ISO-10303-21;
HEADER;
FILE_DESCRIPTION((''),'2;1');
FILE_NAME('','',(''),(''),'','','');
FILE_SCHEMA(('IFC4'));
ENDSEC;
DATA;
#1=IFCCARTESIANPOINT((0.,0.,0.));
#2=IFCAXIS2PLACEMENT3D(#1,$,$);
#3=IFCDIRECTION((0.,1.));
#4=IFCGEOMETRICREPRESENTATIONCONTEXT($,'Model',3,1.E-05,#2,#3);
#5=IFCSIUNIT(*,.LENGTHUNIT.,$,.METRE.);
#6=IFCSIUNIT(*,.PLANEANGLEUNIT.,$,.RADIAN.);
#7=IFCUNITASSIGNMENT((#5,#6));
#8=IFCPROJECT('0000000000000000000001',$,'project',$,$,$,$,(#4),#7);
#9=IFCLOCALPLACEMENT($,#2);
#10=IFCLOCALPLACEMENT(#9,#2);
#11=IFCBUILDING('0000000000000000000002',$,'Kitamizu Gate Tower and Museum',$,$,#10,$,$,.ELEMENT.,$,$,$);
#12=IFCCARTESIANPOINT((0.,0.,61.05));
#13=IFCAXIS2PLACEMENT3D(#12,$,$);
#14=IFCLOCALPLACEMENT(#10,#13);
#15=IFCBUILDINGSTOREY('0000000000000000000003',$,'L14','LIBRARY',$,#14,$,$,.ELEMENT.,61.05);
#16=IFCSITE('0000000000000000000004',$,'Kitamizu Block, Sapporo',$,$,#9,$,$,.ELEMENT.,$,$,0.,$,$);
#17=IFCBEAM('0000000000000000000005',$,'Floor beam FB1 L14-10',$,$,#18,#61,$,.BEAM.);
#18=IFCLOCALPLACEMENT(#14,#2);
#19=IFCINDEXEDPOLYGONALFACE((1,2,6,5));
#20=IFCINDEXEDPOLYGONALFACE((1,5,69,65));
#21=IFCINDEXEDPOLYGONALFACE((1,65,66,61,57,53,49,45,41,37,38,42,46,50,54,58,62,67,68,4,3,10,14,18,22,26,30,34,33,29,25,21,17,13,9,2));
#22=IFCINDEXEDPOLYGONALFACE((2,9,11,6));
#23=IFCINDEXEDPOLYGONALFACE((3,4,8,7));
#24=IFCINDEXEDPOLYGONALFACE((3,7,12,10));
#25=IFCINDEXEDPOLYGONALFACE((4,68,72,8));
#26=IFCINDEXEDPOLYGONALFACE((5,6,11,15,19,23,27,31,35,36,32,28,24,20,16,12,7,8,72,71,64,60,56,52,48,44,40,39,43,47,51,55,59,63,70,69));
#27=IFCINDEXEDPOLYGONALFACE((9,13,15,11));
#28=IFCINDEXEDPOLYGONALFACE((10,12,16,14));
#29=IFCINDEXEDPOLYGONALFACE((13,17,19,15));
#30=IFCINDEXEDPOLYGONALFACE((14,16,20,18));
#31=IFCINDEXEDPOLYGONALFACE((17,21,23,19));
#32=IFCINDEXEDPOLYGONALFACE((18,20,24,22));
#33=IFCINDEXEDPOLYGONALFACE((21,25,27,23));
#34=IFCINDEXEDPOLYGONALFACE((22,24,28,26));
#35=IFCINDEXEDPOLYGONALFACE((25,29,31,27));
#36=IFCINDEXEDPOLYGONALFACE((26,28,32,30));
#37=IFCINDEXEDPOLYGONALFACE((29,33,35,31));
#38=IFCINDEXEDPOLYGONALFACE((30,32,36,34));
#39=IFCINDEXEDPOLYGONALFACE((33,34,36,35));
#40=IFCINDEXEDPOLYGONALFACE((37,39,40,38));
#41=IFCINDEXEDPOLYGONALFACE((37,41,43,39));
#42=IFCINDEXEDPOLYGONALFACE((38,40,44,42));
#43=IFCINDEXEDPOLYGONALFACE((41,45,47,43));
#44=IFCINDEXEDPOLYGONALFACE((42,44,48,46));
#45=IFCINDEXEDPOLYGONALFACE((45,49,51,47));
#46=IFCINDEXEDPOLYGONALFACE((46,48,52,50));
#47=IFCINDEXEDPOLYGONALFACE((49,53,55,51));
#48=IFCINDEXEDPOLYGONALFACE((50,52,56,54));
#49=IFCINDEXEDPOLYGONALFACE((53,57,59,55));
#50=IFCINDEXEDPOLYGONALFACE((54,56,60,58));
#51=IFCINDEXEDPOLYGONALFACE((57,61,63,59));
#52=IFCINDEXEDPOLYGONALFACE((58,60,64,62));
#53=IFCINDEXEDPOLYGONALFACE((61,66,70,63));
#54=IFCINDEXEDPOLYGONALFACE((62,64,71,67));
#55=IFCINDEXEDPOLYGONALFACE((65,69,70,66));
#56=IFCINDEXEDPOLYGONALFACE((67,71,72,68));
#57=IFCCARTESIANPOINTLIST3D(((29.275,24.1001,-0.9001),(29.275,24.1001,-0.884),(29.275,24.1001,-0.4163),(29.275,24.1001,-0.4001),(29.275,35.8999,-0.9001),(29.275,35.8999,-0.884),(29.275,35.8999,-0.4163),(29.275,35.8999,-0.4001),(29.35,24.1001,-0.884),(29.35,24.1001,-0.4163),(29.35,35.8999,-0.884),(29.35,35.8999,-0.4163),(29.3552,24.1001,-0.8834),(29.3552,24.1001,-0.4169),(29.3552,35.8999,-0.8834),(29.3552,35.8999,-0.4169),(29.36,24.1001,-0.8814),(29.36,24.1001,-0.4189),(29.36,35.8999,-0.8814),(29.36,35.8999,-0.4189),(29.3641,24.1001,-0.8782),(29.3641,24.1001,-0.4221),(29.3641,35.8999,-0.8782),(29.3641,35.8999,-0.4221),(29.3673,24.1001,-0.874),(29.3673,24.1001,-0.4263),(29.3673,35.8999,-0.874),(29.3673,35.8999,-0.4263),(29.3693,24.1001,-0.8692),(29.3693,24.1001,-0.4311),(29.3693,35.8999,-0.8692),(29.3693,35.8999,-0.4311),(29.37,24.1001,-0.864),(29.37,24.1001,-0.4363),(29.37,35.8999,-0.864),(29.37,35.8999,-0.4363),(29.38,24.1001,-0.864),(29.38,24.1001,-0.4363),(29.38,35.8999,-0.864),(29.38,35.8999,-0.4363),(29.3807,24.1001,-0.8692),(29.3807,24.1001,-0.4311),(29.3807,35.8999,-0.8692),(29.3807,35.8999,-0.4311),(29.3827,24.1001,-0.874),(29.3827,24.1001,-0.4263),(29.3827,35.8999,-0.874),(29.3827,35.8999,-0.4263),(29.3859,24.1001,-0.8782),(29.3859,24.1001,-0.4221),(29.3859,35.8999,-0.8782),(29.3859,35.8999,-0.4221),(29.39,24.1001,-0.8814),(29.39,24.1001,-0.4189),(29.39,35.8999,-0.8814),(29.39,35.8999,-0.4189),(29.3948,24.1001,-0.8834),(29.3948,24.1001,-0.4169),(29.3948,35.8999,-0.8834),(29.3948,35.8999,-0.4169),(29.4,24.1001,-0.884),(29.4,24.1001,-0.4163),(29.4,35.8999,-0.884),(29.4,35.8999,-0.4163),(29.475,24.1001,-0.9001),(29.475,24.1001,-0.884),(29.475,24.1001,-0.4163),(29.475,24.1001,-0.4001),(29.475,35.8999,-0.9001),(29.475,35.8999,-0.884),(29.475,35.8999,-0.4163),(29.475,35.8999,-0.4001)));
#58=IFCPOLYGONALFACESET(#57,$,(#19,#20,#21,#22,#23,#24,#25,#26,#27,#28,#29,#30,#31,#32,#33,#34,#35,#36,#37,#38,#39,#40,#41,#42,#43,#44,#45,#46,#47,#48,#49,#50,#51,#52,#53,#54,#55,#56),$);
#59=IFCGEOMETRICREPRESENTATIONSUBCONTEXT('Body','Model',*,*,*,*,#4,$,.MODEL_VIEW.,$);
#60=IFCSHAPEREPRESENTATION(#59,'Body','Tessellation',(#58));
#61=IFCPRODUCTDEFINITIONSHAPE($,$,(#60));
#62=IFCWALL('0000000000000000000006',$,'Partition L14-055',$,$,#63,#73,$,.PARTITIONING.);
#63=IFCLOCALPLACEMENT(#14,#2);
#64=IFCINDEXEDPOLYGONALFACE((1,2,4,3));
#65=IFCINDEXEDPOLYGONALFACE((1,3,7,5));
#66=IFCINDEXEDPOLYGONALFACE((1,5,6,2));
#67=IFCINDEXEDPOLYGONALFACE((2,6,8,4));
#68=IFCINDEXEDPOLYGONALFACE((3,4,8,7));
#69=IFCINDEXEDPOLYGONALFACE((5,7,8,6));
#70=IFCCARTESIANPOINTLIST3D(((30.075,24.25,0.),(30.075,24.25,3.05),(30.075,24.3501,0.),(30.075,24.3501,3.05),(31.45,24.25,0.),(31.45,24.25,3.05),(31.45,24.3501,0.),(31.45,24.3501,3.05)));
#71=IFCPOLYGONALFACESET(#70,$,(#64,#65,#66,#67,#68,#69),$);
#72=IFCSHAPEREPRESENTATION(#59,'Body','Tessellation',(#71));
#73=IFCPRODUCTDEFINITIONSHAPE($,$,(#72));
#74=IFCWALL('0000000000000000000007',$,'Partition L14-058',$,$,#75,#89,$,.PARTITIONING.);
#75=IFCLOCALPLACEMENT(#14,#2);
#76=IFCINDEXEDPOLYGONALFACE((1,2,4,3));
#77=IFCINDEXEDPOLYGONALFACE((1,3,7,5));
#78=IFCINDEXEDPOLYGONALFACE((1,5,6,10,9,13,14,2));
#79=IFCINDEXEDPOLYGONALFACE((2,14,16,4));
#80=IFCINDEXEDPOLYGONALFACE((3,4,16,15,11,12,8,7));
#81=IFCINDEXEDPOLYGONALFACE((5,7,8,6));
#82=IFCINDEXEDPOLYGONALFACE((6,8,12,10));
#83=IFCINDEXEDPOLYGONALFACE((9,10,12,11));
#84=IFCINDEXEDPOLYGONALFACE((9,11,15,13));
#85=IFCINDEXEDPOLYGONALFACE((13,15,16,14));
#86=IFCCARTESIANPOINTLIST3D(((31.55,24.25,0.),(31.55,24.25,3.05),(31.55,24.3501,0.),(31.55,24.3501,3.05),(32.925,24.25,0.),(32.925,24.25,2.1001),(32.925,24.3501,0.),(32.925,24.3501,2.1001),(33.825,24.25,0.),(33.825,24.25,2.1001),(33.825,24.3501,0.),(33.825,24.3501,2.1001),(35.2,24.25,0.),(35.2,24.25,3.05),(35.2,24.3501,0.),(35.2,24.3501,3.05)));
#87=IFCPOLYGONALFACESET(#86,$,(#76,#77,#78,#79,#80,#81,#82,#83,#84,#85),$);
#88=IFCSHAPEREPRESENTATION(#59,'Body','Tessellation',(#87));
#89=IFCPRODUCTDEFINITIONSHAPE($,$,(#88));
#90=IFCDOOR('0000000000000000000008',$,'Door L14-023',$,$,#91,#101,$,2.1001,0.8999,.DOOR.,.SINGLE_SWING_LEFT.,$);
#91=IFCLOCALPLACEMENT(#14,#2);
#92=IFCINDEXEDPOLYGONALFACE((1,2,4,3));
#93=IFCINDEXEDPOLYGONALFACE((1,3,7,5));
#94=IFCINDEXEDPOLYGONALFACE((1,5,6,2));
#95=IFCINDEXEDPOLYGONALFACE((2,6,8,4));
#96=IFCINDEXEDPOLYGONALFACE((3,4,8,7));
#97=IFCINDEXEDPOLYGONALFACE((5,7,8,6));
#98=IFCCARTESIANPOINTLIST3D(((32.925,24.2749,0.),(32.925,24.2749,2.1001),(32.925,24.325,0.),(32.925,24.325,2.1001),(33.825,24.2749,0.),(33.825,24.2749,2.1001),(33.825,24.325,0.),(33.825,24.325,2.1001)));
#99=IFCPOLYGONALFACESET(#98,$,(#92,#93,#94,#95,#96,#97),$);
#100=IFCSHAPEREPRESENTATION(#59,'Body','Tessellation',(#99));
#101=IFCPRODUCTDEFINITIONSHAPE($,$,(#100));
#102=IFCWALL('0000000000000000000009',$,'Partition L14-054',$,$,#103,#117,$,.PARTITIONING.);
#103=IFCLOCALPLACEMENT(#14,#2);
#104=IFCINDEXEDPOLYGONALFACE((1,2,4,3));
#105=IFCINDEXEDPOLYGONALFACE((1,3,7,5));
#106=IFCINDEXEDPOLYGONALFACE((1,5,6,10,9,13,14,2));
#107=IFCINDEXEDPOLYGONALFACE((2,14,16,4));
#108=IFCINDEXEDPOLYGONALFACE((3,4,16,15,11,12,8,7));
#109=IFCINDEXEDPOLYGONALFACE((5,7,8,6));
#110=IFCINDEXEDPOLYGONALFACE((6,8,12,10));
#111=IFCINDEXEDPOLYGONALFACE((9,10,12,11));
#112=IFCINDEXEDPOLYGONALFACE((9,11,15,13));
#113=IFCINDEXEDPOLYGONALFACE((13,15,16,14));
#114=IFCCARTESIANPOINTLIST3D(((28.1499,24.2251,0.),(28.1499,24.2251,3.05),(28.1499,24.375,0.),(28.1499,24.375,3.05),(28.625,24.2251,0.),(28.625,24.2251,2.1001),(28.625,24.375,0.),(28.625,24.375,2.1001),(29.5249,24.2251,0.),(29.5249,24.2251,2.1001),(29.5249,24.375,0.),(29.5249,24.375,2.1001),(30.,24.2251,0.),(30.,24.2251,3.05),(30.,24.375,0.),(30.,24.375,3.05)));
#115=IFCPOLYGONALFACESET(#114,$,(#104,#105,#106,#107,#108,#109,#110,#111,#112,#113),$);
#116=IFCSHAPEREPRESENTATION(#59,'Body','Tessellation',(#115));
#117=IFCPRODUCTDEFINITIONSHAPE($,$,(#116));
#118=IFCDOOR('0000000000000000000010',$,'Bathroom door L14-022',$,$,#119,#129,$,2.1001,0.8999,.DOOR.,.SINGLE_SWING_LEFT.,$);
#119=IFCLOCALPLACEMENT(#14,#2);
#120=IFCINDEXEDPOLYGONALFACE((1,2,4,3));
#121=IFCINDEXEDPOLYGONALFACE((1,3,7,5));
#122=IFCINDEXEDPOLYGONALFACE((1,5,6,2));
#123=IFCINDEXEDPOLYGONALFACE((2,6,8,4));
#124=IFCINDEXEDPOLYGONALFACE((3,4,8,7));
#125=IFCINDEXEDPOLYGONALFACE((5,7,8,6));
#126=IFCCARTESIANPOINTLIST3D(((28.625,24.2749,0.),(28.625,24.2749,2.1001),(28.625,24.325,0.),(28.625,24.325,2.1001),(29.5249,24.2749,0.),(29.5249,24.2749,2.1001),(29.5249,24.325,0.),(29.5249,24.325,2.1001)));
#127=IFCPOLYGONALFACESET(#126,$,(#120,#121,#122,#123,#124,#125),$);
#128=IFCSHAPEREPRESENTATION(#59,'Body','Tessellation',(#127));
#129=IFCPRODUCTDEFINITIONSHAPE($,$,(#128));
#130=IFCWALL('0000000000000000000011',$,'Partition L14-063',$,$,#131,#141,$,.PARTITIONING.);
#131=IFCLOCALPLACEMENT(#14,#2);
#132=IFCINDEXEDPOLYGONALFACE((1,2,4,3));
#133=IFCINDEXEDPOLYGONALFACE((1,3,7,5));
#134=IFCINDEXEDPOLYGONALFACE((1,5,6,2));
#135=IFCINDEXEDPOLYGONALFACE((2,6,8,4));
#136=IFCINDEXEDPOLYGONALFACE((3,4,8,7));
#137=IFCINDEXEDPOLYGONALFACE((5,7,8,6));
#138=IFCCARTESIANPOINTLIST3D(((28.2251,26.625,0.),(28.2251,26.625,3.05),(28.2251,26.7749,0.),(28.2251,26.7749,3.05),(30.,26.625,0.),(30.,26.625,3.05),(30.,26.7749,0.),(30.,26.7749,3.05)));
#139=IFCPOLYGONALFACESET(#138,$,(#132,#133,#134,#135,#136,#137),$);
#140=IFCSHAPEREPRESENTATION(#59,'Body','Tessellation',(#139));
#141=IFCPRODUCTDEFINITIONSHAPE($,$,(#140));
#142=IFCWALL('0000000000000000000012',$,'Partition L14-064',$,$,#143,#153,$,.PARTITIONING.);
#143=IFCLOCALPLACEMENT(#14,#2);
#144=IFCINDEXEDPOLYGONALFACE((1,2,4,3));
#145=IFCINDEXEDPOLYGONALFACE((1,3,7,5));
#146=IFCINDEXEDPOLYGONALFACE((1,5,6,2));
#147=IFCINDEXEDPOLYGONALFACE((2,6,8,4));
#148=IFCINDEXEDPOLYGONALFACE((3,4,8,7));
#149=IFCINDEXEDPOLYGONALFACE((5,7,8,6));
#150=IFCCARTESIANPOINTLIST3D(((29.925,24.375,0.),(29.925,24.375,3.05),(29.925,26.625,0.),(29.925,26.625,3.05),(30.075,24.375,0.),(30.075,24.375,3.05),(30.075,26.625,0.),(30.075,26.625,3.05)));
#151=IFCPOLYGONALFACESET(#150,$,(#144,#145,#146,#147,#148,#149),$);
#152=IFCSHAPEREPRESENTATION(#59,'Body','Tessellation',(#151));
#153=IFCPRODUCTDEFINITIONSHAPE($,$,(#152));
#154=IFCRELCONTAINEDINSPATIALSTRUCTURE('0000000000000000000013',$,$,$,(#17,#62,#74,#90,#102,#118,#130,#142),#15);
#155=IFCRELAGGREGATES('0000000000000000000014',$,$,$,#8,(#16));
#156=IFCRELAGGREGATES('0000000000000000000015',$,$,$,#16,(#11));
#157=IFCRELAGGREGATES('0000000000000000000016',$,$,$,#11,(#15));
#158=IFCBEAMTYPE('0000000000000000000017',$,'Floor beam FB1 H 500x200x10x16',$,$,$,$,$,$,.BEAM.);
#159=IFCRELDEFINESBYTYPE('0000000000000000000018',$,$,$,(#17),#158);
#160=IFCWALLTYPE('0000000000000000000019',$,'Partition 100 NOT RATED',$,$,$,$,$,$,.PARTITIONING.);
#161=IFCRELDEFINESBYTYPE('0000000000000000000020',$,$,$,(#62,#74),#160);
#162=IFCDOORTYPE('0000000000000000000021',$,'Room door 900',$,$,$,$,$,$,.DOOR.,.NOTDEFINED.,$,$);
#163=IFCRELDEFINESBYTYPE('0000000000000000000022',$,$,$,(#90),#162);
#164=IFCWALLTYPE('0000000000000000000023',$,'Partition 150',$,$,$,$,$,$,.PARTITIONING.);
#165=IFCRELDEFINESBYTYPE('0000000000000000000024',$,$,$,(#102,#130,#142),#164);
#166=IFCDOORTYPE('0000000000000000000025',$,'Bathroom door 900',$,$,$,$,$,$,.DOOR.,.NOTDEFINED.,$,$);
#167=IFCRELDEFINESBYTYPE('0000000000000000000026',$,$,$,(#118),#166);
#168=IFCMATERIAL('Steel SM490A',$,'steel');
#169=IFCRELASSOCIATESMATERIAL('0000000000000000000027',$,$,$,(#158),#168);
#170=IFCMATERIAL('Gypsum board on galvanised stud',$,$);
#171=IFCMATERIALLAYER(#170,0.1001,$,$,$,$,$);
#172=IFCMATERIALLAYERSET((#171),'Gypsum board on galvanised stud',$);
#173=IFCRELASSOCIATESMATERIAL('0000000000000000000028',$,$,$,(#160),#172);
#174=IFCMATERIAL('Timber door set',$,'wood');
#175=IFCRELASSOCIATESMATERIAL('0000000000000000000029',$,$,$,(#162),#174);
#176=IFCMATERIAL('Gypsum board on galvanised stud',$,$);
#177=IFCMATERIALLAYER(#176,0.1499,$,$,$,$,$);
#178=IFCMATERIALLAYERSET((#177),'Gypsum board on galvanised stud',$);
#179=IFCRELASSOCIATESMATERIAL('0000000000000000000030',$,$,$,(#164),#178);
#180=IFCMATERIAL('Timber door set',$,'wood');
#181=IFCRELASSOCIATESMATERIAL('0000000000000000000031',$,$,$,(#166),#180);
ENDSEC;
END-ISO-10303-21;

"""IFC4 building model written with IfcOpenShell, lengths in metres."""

from ifc_helpers import new_model, si_unit, direction, frame, frame_2d, origin, origin_2d, place, context, subcontext, project, spatial, rectangle, i_section, extrude, material, layer, layer_set, material_profile, profile_set, type_object, element, fill, save


model = new_model("IFC4")

# Units and contexts
model_context = context("Model", 3, precision=1e-05, world=origin(), true_north=direction((0.0, 1.0)))
body_context = subcontext(model_context, "Body", "Model", "MODEL_VIEW")
ifc_project = project(units=[si_unit("LENGTHUNIT", "METRE"), si_unit("PLANEANGLEUNIT", "RADIAN")], contexts=[model_context])

# Site, building, storey
site_placement = place(None, origin())
site = spatial("IfcSite", under=ifc_project, at=site_placement, Name="Kitamizu Block, Sapporo", CompositionType="ELEMENT", RefElevation=0.0)
building_placement = place(site_placement, origin())
building = spatial("IfcBuilding", under=site, at=building_placement, Name="Kitamizu Gate Tower and Museum", CompositionType="ELEMENT")
storey_placement = place(building_placement, frame((0.0, 0.0, 61.05)))
storey = spatial("IfcBuildingStorey", under=building, at=storey_placement, Name="L14", Description="LIBRARY", CompositionType="ELEMENT", Elevation=61.05)

# Beam
ifc_material_1 = material(Name="Steel SM490A", Category="steel")
ifc_material_profile = material_profile(ifc_material_1, i_section(OverallWidth=0.2, OverallDepth=0.5, WebThickness=0.01, FlangeThickness=0.0161, FilletRadius=0.02, at=origin_2d()), Name="H-500x200x10x16")
ifc_profile_set = profile_set([ifc_material_profile], Name="Steel SM490A")
beam_type = type_object("IfcBeamType", Name="Floor beam FB1 H 500x200x10x16", PredefinedType="BEAM", material=ifc_profile_set)
beam_placement = place(storey_placement, frame((29.375, 24.1001, -0.6501), z_axis=(0.0, 1.0, 0.0), x_axis=(-1.0, 0.0, 0.0)))
element("IfcBeam", 1, at=beam_placement, inside=storey, type_object=beam_type, Name="Floor beam FB1 L14-10", PredefinedType="BEAM", context=body_context, shape_type="SweptSolid", body=[
    extrude(i_section(OverallWidth=0.2, OverallDepth=0.5, WebThickness=0.01, FlangeThickness=0.0161, FilletRadius=0.02, at=origin_2d()), origin(), (0.0, 0.0, 1.0), 11.7998),
])

# Wall
ifc_material_2 = material(Name="Gypsum board on galvanised stud")
ifc_layer_1 = layer(ifc_material_2, 0.1001)
ifc_layer_set_1 = layer_set([ifc_layer_1], Name="Gypsum board on galvanised stud")
wall_type_1 = type_object("IfcWallType", Name="Partition 100 NOT RATED", PredefinedType="PARTITIONING", material=ifc_layer_set_1)
wall_1_placement = place(storey_placement, frame((31.45, 24.3, 0.0), z_axis=(0.0, 0.0, 1.0), x_axis=(-1.0, 0.0, 0.0)))
element("IfcWall", 2, at=wall_1_placement, inside=storey, type_object=wall_type_1, Name="Partition L14-055", PredefinedType="PARTITIONING", context=body_context, shape_type="SweptSolid", body=[
    extrude(rectangle(XDim=1.375, YDim=0.1001, at=frame_2d((0.6875, 0.0))), origin(), (0.0, 0.0, 1.0), 3.05),
])

# Walls, openings, doors
wall_2_placement = place(storey_placement, frame((35.2, 24.3, 0.0), z_axis=(0.0, 0.0, 1.0), x_axis=(-1.0, 0.0, 0.0)))
wall_2 = element("IfcWall", 3, at=wall_2_placement, inside=storey, type_object=wall_type_1, Name="Partition L14-058", PredefinedType="PARTITIONING", context=body_context, shape_type="SweptSolid", body=[
    extrude(rectangle(XDim=3.6499, YDim=0.1001, at=frame_2d((1.825, 0.0))), origin(), (0.0, 0.0, 1.0), 3.05),
])
opening_1_placement = place(wall_2_placement, frame((1.375, 0.0, 0.0)))
opening_1 = element("IfcOpeningElement", 4, at=opening_1_placement, cuts=wall_2, PredefinedType="OPENING", context=body_context, shape_type="SweptSolid", body=[
    extrude(rectangle(XDim=0.8999, YDim=2.1001, at=frame_2d((0.45, 1.05))), frame((0.0, 0.0601, 0.0), z_axis=(0.0, -1.0, 0.0), x_axis=(1.0, 0.0, 0.0)), (0.0, 0.0, 1.0), 0.1201),
])
ifc_material_3 = material(Name="Timber door set", Category="wood")
door_type_1 = type_object("IfcDoorType", Name="Room door 900", OperationType="NOTDEFINED", PredefinedType="DOOR", material=ifc_material_3)
door_1_placement = place(opening_1_placement, frame((0.8999, 0.0, 0.0), x_axis=(-1.0, 0.0, 0.0)))
door_1 = element("IfcDoor", 5, at=door_1_placement, inside=storey, type_object=door_type_1, Name="Door L14-023", OperationType="SINGLE_SWING_LEFT", OverallHeight=2.1001, OverallWidth=0.8999, PredefinedType="DOOR", context=body_context, shape_type="SweptSolid", body=[
    extrude(rectangle(XDim=0.8999, YDim=2.1001, at=frame_2d((0.45, 1.05))), frame((0.0, 0.0249, 0.0), z_axis=(0.0, -1.0, 0.0), x_axis=(1.0, 0.0, 0.0)), (0.0, 0.0, 1.0), 0.05),
])
fill(opening_1, door_1)
ifc_material_4 = material(Name="Gypsum board on galvanised stud")
ifc_layer_2 = layer(ifc_material_4, 0.1499)
ifc_layer_set_2 = layer_set([ifc_layer_2], Name="Gypsum board on galvanised stud")
wall_type_2 = type_object("IfcWallType", Name="Partition 150", PredefinedType="PARTITIONING", material=ifc_layer_set_2)
wall_3_placement = place(storey_placement, frame((30.0, 24.3, 0.0), z_axis=(0.0, 0.0, 1.0), x_axis=(-1.0, 0.0, 0.0)))
wall_3 = element("IfcWall", 6, at=wall_3_placement, inside=storey, type_object=wall_type_2, Name="Partition L14-054", PredefinedType="PARTITIONING", context=body_context, shape_type="SweptSolid", body=[
    extrude(rectangle(XDim=1.8501, YDim=0.1499, at=frame_2d((0.925, 0.0))), origin(), (0.0, 0.0, 1.0), 3.05),
])
opening_2_placement = place(wall_3_placement, frame((0.4751, 0.0, 0.0)))
opening_2 = element("IfcOpeningElement", 7, at=opening_2_placement, cuts=wall_3, PredefinedType="OPENING", context=body_context, shape_type="SweptSolid", body=[
    extrude(rectangle(XDim=0.8999, YDim=2.1001, at=frame_2d((0.45, 1.05))), frame((0.0, 0.085, 0.0), z_axis=(0.0, -1.0, 0.0), x_axis=(1.0, 0.0, 0.0)), (0.0, 0.0, 1.0), 0.1699),
])
ifc_material_5 = material(Name="Timber door set", Category="wood")
door_type_2 = type_object("IfcDoorType", Name="Bathroom door 900", OperationType="NOTDEFINED", PredefinedType="DOOR", material=ifc_material_5)
door_2_placement = place(opening_2_placement, frame((0.8999, 0.0, 0.0), x_axis=(-1.0, 0.0, 0.0)))
door_2 = element("IfcDoor", 8, at=door_2_placement, inside=storey, type_object=door_type_2, Name="Bathroom door L14-022", OperationType="SINGLE_SWING_LEFT", OverallHeight=2.1001, OverallWidth=0.8999, PredefinedType="DOOR", context=body_context, shape_type="SweptSolid", body=[
    extrude(rectangle(XDim=0.8999, YDim=2.1001, at=frame_2d((0.45, 1.05))), frame((0.0, 0.0249, 0.0), z_axis=(0.0, -1.0, 0.0), x_axis=(1.0, 0.0, 0.0)), (0.0, 0.0, 1.0), 0.05),
])
fill(opening_2, door_2)

# Walls
wall_4_placement = place(storey_placement, frame((30.0, 26.7, 0.0), z_axis=(0.0, 0.0, 1.0), x_axis=(-1.0, 0.0, 0.0)))
element("IfcWall", 9, at=wall_4_placement, inside=storey, type_object=wall_type_2, Name="Partition L14-063", PredefinedType="PARTITIONING", context=body_context, shape_type="SweptSolid", body=[
    extrude(rectangle(XDim=1.7749, YDim=0.1499, at=frame_2d((0.8875, 0.0))), origin(), (0.0, 0.0, 1.0), 3.05),
])
wall_5_placement = place(storey_placement, frame((30.0, 24.375, 0.0), z_axis=(0.0, 0.0, 1.0), x_axis=(0.0, 1.0, 0.0)))
element("IfcWall", 10, at=wall_5_placement, inside=storey, type_object=wall_type_2, Name="Partition L14-064", PredefinedType="PARTITIONING", context=body_context, shape_type="SweptSolid", body=[
    extrude(rectangle(XDim=2.25, YDim=0.1499, at=frame_2d((1.125, 0.0))), origin(), (0.0, 0.0, 1.0), 3.05),
])

save(model, "model.ifc")
